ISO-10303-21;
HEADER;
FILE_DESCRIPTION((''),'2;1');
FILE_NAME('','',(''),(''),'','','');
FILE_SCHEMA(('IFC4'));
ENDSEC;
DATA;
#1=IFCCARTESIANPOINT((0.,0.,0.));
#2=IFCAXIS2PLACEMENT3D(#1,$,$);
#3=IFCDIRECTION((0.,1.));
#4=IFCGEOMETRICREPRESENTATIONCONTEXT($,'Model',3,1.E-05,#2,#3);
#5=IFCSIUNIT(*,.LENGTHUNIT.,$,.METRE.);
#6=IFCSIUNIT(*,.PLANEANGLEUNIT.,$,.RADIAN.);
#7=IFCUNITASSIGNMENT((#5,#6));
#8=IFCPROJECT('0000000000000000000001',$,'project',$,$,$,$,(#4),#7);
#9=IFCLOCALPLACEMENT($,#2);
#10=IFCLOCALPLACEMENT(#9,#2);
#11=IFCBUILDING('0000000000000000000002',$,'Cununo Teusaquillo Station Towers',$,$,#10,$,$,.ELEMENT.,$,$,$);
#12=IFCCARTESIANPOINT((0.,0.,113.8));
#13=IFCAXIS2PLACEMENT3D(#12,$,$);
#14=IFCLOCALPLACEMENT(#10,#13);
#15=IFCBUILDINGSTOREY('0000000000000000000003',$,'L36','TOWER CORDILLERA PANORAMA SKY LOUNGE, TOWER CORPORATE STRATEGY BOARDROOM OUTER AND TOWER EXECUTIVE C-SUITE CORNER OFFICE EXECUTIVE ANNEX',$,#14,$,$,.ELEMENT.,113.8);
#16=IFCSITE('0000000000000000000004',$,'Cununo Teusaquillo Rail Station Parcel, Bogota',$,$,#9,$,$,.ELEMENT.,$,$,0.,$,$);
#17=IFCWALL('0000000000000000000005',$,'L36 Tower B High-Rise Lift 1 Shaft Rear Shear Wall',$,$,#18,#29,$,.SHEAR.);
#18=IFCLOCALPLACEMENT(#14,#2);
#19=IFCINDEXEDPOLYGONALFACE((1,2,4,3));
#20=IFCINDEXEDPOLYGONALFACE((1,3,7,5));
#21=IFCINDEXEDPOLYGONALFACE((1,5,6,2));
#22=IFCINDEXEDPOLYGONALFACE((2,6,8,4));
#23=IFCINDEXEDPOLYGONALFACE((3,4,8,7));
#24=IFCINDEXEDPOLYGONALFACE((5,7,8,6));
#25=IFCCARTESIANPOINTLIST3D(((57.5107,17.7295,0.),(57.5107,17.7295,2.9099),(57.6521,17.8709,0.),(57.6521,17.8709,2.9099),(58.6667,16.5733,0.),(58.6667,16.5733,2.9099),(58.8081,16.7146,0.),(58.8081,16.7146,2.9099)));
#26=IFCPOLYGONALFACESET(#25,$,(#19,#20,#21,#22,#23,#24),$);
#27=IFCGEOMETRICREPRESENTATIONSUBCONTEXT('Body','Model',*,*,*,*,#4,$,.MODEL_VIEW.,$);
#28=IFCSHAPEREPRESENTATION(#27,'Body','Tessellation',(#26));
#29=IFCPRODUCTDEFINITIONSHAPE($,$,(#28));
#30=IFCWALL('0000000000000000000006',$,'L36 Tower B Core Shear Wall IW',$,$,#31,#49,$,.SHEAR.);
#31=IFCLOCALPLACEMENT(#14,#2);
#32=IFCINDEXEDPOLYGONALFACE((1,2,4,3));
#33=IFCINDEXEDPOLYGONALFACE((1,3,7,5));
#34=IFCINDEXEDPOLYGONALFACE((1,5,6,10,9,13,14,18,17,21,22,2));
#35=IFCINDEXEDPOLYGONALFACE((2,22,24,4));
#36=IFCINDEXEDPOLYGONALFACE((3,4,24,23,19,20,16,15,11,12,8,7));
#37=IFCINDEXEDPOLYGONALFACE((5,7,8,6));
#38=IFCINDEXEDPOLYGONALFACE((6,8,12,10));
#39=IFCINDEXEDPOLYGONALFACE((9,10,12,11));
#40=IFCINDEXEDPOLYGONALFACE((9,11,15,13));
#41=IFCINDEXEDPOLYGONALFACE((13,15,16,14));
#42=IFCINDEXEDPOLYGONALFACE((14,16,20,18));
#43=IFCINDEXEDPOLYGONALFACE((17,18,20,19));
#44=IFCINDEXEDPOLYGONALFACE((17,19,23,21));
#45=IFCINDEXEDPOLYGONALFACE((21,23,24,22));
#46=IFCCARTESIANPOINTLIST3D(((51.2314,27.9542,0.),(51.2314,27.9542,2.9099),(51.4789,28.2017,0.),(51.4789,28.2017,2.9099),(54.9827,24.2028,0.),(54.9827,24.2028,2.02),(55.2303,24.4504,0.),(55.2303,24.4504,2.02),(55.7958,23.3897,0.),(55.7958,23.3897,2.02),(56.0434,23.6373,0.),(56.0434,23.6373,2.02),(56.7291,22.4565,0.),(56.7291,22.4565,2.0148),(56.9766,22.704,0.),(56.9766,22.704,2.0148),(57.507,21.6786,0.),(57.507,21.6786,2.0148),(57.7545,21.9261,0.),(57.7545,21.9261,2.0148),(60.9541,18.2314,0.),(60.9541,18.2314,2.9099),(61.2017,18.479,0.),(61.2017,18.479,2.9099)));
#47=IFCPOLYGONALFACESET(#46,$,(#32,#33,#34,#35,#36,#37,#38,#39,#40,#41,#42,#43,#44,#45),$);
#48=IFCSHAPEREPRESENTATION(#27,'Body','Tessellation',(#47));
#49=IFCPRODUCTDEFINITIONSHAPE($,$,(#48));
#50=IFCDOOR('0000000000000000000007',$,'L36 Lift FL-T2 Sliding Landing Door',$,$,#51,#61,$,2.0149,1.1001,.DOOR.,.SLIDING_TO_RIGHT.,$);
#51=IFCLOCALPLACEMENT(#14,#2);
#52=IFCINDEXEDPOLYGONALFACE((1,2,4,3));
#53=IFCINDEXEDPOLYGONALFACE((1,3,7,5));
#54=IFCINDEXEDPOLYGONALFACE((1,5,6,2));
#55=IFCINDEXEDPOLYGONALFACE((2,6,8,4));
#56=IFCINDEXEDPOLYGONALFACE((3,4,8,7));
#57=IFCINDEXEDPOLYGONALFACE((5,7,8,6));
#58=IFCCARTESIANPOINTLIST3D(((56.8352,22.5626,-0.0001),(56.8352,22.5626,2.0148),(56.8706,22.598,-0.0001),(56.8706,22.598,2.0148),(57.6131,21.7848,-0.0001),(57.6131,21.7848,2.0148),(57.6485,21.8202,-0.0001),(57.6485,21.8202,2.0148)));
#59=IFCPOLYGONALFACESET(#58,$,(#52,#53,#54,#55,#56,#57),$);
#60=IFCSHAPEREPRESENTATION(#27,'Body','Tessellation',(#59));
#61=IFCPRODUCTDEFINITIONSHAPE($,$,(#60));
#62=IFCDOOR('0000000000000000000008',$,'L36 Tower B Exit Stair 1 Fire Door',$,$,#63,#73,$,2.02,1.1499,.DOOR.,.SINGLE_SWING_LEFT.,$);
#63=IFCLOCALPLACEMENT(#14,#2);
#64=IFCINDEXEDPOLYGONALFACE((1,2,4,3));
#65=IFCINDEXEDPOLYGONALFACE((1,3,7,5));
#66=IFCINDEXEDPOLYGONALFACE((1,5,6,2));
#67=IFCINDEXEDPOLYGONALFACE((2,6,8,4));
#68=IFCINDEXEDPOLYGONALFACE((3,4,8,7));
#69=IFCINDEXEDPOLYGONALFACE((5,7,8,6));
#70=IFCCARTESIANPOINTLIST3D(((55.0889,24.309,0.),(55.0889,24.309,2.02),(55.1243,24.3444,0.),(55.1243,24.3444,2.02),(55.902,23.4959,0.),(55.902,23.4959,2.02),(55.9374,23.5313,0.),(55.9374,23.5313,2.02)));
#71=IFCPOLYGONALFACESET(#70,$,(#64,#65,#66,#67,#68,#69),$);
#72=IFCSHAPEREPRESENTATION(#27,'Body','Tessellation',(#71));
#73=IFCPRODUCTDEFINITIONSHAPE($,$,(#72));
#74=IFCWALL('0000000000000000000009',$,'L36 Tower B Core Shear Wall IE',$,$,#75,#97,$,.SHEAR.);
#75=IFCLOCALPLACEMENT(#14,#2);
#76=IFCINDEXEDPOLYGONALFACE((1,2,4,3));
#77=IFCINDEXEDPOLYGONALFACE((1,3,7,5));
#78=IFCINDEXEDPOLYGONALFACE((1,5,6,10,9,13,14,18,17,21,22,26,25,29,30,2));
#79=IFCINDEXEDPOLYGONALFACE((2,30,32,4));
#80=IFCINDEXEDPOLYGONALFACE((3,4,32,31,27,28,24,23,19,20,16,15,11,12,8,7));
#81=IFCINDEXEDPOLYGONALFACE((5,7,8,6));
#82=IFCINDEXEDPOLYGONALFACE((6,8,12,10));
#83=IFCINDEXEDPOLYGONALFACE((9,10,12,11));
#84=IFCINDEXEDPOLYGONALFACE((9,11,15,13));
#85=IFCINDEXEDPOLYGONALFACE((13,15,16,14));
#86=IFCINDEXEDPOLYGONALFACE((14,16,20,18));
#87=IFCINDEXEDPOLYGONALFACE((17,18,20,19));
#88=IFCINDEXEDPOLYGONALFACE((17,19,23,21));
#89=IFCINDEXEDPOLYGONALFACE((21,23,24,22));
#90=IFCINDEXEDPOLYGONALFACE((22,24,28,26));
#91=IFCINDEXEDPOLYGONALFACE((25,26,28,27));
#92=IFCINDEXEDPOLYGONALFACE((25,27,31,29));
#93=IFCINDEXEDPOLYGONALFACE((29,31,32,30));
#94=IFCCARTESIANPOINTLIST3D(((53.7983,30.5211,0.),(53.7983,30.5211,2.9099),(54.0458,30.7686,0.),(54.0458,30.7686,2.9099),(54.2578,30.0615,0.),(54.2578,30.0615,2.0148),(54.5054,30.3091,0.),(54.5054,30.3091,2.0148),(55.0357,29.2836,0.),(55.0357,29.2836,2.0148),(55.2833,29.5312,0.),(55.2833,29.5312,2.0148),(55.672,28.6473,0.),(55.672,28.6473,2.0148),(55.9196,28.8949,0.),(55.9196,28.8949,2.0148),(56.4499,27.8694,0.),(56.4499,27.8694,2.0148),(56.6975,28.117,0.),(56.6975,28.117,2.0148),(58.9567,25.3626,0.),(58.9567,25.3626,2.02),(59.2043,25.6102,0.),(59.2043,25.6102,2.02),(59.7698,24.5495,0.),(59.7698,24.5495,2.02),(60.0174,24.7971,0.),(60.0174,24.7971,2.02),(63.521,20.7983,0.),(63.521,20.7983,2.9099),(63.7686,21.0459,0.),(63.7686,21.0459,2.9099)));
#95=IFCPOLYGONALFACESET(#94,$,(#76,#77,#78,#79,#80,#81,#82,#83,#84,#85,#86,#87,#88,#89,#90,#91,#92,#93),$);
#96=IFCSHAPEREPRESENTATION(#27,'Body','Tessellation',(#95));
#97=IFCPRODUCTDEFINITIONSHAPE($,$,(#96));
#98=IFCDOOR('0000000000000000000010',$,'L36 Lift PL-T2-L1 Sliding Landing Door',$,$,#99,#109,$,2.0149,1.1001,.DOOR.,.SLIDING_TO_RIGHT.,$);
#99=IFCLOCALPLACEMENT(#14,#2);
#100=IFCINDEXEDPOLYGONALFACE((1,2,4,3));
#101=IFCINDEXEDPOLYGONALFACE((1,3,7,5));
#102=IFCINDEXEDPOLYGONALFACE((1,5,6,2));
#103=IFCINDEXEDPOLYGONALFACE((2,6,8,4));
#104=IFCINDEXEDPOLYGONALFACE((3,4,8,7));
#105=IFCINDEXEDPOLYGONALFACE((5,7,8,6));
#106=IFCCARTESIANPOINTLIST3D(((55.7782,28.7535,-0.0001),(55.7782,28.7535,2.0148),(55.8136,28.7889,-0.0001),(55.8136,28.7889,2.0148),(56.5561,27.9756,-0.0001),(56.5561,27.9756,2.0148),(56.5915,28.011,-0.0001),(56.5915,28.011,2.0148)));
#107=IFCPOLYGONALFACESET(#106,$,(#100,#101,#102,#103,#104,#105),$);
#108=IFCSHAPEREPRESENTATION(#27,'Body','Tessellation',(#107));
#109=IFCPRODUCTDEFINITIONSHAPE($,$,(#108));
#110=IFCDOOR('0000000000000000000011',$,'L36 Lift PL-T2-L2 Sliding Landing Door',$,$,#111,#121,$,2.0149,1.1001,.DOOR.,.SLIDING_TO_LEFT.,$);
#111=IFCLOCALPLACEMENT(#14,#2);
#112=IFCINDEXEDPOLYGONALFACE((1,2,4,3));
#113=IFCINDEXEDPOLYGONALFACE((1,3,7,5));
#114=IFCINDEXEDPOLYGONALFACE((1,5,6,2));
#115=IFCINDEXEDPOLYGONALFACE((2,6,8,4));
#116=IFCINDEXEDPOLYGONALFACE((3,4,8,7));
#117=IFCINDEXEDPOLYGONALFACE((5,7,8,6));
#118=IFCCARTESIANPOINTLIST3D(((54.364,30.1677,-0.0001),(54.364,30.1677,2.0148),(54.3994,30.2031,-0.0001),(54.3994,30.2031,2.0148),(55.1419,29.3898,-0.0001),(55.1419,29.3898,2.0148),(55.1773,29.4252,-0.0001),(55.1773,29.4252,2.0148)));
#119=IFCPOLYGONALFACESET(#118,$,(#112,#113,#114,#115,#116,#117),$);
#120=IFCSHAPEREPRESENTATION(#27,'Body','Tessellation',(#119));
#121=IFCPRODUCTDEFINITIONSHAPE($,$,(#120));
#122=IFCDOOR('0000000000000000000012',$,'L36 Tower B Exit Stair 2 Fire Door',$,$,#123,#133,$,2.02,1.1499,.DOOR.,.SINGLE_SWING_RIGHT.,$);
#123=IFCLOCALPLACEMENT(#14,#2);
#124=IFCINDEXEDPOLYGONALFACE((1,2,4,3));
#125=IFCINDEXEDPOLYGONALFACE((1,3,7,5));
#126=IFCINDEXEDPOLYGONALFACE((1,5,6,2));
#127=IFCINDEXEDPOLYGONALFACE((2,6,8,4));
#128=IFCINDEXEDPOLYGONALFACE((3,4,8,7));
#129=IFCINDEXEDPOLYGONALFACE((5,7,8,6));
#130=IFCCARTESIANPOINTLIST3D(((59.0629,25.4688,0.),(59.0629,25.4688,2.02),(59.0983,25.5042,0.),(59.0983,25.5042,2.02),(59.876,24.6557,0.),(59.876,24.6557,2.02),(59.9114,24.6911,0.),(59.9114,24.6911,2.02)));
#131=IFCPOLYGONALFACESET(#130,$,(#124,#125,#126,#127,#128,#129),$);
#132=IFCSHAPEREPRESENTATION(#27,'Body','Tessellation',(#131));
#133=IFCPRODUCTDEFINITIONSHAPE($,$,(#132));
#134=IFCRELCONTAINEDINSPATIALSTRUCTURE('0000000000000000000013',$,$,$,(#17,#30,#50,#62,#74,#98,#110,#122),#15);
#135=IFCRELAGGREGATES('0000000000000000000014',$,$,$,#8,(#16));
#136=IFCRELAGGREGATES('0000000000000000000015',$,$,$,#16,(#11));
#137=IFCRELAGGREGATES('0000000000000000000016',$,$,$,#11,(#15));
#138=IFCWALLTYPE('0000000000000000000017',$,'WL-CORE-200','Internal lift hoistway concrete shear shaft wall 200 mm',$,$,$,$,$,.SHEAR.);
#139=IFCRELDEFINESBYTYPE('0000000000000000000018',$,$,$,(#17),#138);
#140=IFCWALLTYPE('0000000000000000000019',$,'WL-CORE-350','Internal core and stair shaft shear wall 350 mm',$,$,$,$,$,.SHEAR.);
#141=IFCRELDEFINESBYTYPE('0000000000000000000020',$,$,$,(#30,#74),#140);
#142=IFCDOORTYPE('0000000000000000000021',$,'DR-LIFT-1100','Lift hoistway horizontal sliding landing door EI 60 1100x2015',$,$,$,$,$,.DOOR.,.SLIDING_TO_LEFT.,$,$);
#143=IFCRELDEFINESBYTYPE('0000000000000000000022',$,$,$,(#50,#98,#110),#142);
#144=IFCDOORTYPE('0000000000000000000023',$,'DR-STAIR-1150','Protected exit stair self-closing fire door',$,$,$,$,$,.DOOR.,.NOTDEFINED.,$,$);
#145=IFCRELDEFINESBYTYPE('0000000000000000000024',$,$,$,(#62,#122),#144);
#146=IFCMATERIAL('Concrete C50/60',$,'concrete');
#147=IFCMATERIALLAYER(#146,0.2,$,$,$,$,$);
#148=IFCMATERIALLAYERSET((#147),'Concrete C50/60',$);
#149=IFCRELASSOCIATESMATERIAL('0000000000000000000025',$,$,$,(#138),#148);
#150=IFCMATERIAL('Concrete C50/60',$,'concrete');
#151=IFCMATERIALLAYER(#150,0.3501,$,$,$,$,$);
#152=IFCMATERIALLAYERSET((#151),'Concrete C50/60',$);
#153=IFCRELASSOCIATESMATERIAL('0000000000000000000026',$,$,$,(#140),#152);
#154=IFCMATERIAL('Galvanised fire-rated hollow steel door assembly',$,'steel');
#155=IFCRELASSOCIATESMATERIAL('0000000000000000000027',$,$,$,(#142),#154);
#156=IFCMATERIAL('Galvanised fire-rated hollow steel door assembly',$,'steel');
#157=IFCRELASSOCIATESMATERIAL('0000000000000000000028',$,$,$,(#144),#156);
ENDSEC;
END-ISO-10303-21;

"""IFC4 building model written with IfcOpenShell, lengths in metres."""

from ifc_helpers import new_model, si_unit, direction, frame, frame_2d, origin, place, context, subcontext, project, spatial, rectangle, extrude, source, transform, mapped, material, layer, layer_set, type_object, element, fill, save


model = new_model("IFC4")

# Units and contexts
model_context = context("Model", 3, precision=1e-05, world=origin(), true_north=direction((0.0, 1.0)))
body_context = subcontext(model_context, "Body", "Model", "MODEL_VIEW")
ifc_project = project(units=[si_unit("LENGTHUNIT", "METRE"), si_unit("PLANEANGLEUNIT", "RADIAN")], contexts=[model_context])

# Site, building, storey
site_placement = place(None, origin())
site = spatial("IfcSite", under=ifc_project, at=site_placement, Name="Cununo Teusaquillo Rail Station Parcel, Bogota", CompositionType="ELEMENT", RefElevation=0.0)
building_placement = place(site_placement, origin())
building = spatial("IfcBuilding", under=site, at=building_placement, Name="Cununo Teusaquillo Station Towers", CompositionType="ELEMENT")
storey_placement = place(building_placement, frame((0.0, 0.0, 113.8)))
storey = spatial("IfcBuildingStorey", under=building, at=storey_placement, Name="L36", Description="TOWER CORDILLERA PANORAMA SKY LOUNGE, TOWER CORPORATE STRATEGY BOARDROOM OUTER AND TOWER EXECUTIVE C-SUITE CORNER OFFICE EXECUTIVE ANNEX", CompositionType="ELEMENT", Elevation=113.8)

# Wall
ifc_material_1 = material(Name="Concrete C50/60", Category="concrete")
ifc_layer_1 = layer(ifc_material_1, 0.2)
ifc_layer_set_1 = layer_set([ifc_layer_1], Name="Concrete C50/60")
wall_type_1 = type_object("IfcWallType", Name="WL-CORE-200", Description="Internal lift hoistway concrete shear shaft wall 200 mm", PredefinedType="SHEAR", material=ifc_layer_set_1)
wall_1_placement = place(storey_placement, frame((58.7373, 16.644, 0.0), z_axis=(0.0, 0.0, 1.0), x_axis=(-0.707032, 0.707181, 0.0)))
element("IfcWall", 1, at=wall_1_placement, inside=storey, type_object=wall_type_1, Name="L36 Tower B High-Rise Lift 1 Shaft Rear Shear Wall", PredefinedType="SHEAR", context=body_context, shape_type="SweptSolid", body=[
    extrude(rectangle(XDim=1.635, YDim=0.2, at=frame_2d((0.8174, 0.0))), origin(), (0.0, 0.0, 1.0), 2.9099),
])

# Walls, openings, doors
ifc_material_2 = material(Name="Concrete C50/60", Category="concrete")
ifc_layer_2 = layer(ifc_material_2, 0.3501)
ifc_layer_set_2 = layer_set([ifc_layer_2], Name="Concrete C50/60")
wall_type_2 = type_object("IfcWallType", Name="WL-CORE-350", Description="Internal core and stair shaft shear wall 350 mm", PredefinedType="SHEAR", material=ifc_layer_set_2)
wall_2_placement = place(storey_placement, frame((61.0779, 18.3552, 0.0), z_axis=(0.0, 0.0, 1.0), x_axis=(-0.707107, 0.707107, 0.0)))
wall_2 = element("IfcWall", 2, at=wall_2_placement, inside=storey, type_object=wall_type_2, Name="L36 Tower B Core Shear Wall IW", PredefinedType="SHEAR", context=body_context, shape_type="SweptSolid", body=[
    extrude(rectangle(XDim=13.75, YDim=0.3501, at=frame_2d((6.875, 0.0))), origin(), (0.0, 0.0, 1.0), 2.9099),
])
shared_shape_1 = source(origin(), body_context, "Body", "SweptSolid", [
    extrude(rectangle(XDim=1.1001, YDim=2.0149, at=frame_2d((0.55, 1.0073))), frame((0.0, 0.1851, 0.0), z_axis=(0.0, -1.0, 0.0), x_axis=(1.0, 0.0, 0.0)), (0.0, 0.0, 1.0), 0.3701),
])
opening_1_placement = place(wall_2_placement, frame((4.875, 0.0, 0.0)))
opening_1 = element("IfcOpeningElement", 3, at=opening_1_placement, cuts=wall_2, PredefinedType="OPENING", context=body_context, shape_type="MappedRepresentation", body=[
    mapped(shared_shape_1, transform((0.0, 0.0, 0.0), x_axis=(1.0, 0.0, 0.0), y_axis=(0.0, 1.0, 0.0), z_axis=(0.0, 0.0, 1.0), scale=1.0)),
])
shared_shape_2 = source(origin(), body_context, "Body", "SweptSolid", [
    extrude(rectangle(XDim=1.1499, YDim=2.02, at=frame_2d((0.575, 1.01))), frame((0.0, 0.1851, 0.0), z_axis=(0.0, -1.0, 0.0), x_axis=(1.0, 0.0, 0.0)), (0.0, 0.0, 1.0), 0.3701),
])
opening_2_placement = place(wall_2_placement, frame((7.2949, 0.0, 0.0)))
opening_2 = element("IfcOpeningElement", 4, at=opening_2_placement, cuts=wall_2, PredefinedType="OPENING", context=body_context, shape_type="MappedRepresentation", body=[
    mapped(shared_shape_2, transform((0.0, 0.0, 0.0), x_axis=(1.0, 0.0, 0.0), y_axis=(0.0, 1.0, 0.0), z_axis=(0.0, 0.0, 1.0), scale=1.0)),
])
ifc_material_3 = material(Name="Galvanised fire-rated hollow steel door assembly", Category="steel")
door_type_1 = type_object("IfcDoorType", Name="DR-LIFT-1100", Description="Lift hoistway horizontal sliding landing door EI 60 1100x2015", OperationType="SLIDING_TO_LEFT", PredefinedType="DOOR", material=ifc_material_3)
shared_shape_3 = source(origin(), body_context, "Body", "SweptSolid", [
    extrude(rectangle(XDim=1.1001, YDim=2.0149, at=frame_2d((0.55, 1.0073))), frame((0.0, 0.0249, 0.0), z_axis=(0.0, -1.0, 0.0), x_axis=(1.0, 0.0, 0.0)), (0.0, 0.0, 1.0), 0.05),
])
door_1_placement = place(opening_1_placement, origin())
door_1 = element("IfcDoor", 5, at=door_1_placement, inside=storey, type_object=door_type_1, Name="L36 Lift FL-T2 Sliding Landing Door", OperationType="SLIDING_TO_RIGHT", OverallHeight=2.0149, OverallWidth=1.1001, PredefinedType="DOOR", context=body_context, shape_type="MappedRepresentation", body=[
    mapped(shared_shape_3, transform((0.0, 0.0, 0.0), x_axis=(1.0, 0.0, 0.0), y_axis=(0.0, 1.0, 0.0), z_axis=(0.0, 0.0, 1.0), scale=1.0)),
])
fill(opening_1, door_1)
ifc_material_4 = material(Name="Galvanised fire-rated hollow steel door assembly", Category="steel")
door_type_2 = type_object("IfcDoorType", Name="DR-STAIR-1150", Description="Protected exit stair self-closing fire door", OperationType="NOTDEFINED", PredefinedType="DOOR", material=ifc_material_4)
shared_shape_4 = source(origin(), body_context, "Body", "SweptSolid", [
    extrude(rectangle(XDim=1.1499, YDim=2.02, at=frame_2d((0.575, 1.01))), frame((0.0, 0.0249, 0.0), z_axis=(0.0, -1.0, 0.0), x_axis=(1.0, 0.0, 0.0)), (0.0, 0.0, 1.0), 0.05),
])
door_2_placement = place(opening_2_placement, origin())
door_2 = element("IfcDoor", 6, at=door_2_placement, inside=storey, type_object=door_type_2, Name="L36 Tower B Exit Stair 1 Fire Door", OperationType="SINGLE_SWING_LEFT", OverallHeight=2.02, OverallWidth=1.1499, PredefinedType="DOOR", context=body_context, shape_type="MappedRepresentation", body=[
    mapped(shared_shape_4, transform((0.0, 0.0, 0.0), x_axis=(1.0, 0.0, 0.0), y_axis=(0.0, 1.0, 0.0), z_axis=(0.0, 0.0, 1.0), scale=1.0)),
])
fill(opening_2, door_2)
wall_3_placement = place(storey_placement, frame((63.6448, 20.9221, 0.0), z_axis=(0.0, 0.0, 1.0), x_axis=(-0.707107, 0.707107, 0.0)))
wall_3 = element("IfcWall", 7, at=wall_3_placement, inside=storey, type_object=wall_type_2, Name="L36 Tower B Core Shear Wall IE", PredefinedType="SHEAR", context=body_context, shape_type="SweptSolid", body=[
    extrude(rectangle(XDim=13.75, YDim=0.3501, at=frame_2d((6.875, 0.0))), origin(), (0.0, 0.0, 1.0), 2.9099),
])
opening_3_placement = place(wall_3_placement, frame((10.0, 0.0, 0.0)))
opening_3 = element("IfcOpeningElement", 8, at=opening_3_placement, cuts=wall_3, PredefinedType="OPENING", context=body_context, shape_type="MappedRepresentation", body=[
    mapped(shared_shape_1, transform((0.0, 0.0, 0.0), x_axis=(1.0, 0.0, 0.0), y_axis=(0.0, 1.0, 0.0), z_axis=(0.0, 0.0, 1.0), scale=1.0)),
])
opening_4_placement = place(wall_3_placement, frame((12.0, 0.0, 0.0)))
opening_4 = element("IfcOpeningElement", 9, at=opening_4_placement, cuts=wall_3, PredefinedType="OPENING", context=body_context, shape_type="MappedRepresentation", body=[
    mapped(shared_shape_1, transform((0.0, 0.0, 0.0), x_axis=(1.0, 0.0, 0.0), y_axis=(0.0, 1.0, 0.0), z_axis=(0.0, 0.0, 1.0), scale=1.0)),
])
opening_5_placement = place(wall_3_placement, frame((5.3049, 0.0, 0.0)))
opening_5 = element("IfcOpeningElement", 10, at=opening_5_placement, cuts=wall_3, PredefinedType="OPENING", context=body_context, shape_type="MappedRepresentation", body=[
    mapped(shared_shape_2, transform((0.0, 0.0, 0.0), x_axis=(1.0, 0.0, 0.0), y_axis=(0.0, 1.0, 0.0), z_axis=(0.0, 0.0, 1.0), scale=1.0)),
])
door_3_placement = place(opening_3_placement, origin())
door_3 = element("IfcDoor", 11, at=door_3_placement, inside=storey, type_object=door_type_1, Name="L36 Lift PL-T2-L1 Sliding Landing Door", OperationType="SLIDING_TO_RIGHT", OverallHeight=2.0149, OverallWidth=1.1001, PredefinedType="DOOR", context=body_context, shape_type="MappedRepresentation", body=[
    mapped(shared_shape_3, transform((0.0, 0.0, 0.0), x_axis=(1.0, 0.0, 0.0), y_axis=(0.0, 1.0, 0.0), z_axis=(0.0, 0.0, 1.0), scale=1.0)),
])
fill(opening_3, door_3)
door_4_placement = place(opening_4_placement, origin())
door_4 = element("IfcDoor", 12, at=door_4_placement, inside=storey, type_object=door_type_1, Name="L36 Lift PL-T2-L2 Sliding Landing Door", OperationType="SLIDING_TO_LEFT", OverallHeight=2.0149, OverallWidth=1.1001, PredefinedType="DOOR", context=body_context, shape_type="MappedRepresentation", body=[
    mapped(shared_shape_3, transform((0.0, 0.0, 0.0), x_axis=(1.0, 0.0, 0.0), y_axis=(0.0, 1.0, 0.0), z_axis=(0.0, 0.0, 1.0), scale=1.0)),
])
fill(opening_4, door_4)
door_5_placement = place(opening_5_placement, origin())
door_5 = element("IfcDoor", 13, at=door_5_placement, inside=storey, type_object=door_type_2, Name="L36 Tower B Exit Stair 2 Fire Door", OperationType="SINGLE_SWING_RIGHT", OverallHeight=2.02, OverallWidth=1.1499, PredefinedType="DOOR", context=body_context, shape_type="MappedRepresentation", body=[
    mapped(shared_shape_4, transform((0.0, 0.0, 0.0), x_axis=(1.0, 0.0, 0.0), y_axis=(0.0, 1.0, 0.0), z_axis=(0.0, 0.0, 1.0), scale=1.0)),
])
fill(opening_5, door_5)

save(model, "model.ifc")
